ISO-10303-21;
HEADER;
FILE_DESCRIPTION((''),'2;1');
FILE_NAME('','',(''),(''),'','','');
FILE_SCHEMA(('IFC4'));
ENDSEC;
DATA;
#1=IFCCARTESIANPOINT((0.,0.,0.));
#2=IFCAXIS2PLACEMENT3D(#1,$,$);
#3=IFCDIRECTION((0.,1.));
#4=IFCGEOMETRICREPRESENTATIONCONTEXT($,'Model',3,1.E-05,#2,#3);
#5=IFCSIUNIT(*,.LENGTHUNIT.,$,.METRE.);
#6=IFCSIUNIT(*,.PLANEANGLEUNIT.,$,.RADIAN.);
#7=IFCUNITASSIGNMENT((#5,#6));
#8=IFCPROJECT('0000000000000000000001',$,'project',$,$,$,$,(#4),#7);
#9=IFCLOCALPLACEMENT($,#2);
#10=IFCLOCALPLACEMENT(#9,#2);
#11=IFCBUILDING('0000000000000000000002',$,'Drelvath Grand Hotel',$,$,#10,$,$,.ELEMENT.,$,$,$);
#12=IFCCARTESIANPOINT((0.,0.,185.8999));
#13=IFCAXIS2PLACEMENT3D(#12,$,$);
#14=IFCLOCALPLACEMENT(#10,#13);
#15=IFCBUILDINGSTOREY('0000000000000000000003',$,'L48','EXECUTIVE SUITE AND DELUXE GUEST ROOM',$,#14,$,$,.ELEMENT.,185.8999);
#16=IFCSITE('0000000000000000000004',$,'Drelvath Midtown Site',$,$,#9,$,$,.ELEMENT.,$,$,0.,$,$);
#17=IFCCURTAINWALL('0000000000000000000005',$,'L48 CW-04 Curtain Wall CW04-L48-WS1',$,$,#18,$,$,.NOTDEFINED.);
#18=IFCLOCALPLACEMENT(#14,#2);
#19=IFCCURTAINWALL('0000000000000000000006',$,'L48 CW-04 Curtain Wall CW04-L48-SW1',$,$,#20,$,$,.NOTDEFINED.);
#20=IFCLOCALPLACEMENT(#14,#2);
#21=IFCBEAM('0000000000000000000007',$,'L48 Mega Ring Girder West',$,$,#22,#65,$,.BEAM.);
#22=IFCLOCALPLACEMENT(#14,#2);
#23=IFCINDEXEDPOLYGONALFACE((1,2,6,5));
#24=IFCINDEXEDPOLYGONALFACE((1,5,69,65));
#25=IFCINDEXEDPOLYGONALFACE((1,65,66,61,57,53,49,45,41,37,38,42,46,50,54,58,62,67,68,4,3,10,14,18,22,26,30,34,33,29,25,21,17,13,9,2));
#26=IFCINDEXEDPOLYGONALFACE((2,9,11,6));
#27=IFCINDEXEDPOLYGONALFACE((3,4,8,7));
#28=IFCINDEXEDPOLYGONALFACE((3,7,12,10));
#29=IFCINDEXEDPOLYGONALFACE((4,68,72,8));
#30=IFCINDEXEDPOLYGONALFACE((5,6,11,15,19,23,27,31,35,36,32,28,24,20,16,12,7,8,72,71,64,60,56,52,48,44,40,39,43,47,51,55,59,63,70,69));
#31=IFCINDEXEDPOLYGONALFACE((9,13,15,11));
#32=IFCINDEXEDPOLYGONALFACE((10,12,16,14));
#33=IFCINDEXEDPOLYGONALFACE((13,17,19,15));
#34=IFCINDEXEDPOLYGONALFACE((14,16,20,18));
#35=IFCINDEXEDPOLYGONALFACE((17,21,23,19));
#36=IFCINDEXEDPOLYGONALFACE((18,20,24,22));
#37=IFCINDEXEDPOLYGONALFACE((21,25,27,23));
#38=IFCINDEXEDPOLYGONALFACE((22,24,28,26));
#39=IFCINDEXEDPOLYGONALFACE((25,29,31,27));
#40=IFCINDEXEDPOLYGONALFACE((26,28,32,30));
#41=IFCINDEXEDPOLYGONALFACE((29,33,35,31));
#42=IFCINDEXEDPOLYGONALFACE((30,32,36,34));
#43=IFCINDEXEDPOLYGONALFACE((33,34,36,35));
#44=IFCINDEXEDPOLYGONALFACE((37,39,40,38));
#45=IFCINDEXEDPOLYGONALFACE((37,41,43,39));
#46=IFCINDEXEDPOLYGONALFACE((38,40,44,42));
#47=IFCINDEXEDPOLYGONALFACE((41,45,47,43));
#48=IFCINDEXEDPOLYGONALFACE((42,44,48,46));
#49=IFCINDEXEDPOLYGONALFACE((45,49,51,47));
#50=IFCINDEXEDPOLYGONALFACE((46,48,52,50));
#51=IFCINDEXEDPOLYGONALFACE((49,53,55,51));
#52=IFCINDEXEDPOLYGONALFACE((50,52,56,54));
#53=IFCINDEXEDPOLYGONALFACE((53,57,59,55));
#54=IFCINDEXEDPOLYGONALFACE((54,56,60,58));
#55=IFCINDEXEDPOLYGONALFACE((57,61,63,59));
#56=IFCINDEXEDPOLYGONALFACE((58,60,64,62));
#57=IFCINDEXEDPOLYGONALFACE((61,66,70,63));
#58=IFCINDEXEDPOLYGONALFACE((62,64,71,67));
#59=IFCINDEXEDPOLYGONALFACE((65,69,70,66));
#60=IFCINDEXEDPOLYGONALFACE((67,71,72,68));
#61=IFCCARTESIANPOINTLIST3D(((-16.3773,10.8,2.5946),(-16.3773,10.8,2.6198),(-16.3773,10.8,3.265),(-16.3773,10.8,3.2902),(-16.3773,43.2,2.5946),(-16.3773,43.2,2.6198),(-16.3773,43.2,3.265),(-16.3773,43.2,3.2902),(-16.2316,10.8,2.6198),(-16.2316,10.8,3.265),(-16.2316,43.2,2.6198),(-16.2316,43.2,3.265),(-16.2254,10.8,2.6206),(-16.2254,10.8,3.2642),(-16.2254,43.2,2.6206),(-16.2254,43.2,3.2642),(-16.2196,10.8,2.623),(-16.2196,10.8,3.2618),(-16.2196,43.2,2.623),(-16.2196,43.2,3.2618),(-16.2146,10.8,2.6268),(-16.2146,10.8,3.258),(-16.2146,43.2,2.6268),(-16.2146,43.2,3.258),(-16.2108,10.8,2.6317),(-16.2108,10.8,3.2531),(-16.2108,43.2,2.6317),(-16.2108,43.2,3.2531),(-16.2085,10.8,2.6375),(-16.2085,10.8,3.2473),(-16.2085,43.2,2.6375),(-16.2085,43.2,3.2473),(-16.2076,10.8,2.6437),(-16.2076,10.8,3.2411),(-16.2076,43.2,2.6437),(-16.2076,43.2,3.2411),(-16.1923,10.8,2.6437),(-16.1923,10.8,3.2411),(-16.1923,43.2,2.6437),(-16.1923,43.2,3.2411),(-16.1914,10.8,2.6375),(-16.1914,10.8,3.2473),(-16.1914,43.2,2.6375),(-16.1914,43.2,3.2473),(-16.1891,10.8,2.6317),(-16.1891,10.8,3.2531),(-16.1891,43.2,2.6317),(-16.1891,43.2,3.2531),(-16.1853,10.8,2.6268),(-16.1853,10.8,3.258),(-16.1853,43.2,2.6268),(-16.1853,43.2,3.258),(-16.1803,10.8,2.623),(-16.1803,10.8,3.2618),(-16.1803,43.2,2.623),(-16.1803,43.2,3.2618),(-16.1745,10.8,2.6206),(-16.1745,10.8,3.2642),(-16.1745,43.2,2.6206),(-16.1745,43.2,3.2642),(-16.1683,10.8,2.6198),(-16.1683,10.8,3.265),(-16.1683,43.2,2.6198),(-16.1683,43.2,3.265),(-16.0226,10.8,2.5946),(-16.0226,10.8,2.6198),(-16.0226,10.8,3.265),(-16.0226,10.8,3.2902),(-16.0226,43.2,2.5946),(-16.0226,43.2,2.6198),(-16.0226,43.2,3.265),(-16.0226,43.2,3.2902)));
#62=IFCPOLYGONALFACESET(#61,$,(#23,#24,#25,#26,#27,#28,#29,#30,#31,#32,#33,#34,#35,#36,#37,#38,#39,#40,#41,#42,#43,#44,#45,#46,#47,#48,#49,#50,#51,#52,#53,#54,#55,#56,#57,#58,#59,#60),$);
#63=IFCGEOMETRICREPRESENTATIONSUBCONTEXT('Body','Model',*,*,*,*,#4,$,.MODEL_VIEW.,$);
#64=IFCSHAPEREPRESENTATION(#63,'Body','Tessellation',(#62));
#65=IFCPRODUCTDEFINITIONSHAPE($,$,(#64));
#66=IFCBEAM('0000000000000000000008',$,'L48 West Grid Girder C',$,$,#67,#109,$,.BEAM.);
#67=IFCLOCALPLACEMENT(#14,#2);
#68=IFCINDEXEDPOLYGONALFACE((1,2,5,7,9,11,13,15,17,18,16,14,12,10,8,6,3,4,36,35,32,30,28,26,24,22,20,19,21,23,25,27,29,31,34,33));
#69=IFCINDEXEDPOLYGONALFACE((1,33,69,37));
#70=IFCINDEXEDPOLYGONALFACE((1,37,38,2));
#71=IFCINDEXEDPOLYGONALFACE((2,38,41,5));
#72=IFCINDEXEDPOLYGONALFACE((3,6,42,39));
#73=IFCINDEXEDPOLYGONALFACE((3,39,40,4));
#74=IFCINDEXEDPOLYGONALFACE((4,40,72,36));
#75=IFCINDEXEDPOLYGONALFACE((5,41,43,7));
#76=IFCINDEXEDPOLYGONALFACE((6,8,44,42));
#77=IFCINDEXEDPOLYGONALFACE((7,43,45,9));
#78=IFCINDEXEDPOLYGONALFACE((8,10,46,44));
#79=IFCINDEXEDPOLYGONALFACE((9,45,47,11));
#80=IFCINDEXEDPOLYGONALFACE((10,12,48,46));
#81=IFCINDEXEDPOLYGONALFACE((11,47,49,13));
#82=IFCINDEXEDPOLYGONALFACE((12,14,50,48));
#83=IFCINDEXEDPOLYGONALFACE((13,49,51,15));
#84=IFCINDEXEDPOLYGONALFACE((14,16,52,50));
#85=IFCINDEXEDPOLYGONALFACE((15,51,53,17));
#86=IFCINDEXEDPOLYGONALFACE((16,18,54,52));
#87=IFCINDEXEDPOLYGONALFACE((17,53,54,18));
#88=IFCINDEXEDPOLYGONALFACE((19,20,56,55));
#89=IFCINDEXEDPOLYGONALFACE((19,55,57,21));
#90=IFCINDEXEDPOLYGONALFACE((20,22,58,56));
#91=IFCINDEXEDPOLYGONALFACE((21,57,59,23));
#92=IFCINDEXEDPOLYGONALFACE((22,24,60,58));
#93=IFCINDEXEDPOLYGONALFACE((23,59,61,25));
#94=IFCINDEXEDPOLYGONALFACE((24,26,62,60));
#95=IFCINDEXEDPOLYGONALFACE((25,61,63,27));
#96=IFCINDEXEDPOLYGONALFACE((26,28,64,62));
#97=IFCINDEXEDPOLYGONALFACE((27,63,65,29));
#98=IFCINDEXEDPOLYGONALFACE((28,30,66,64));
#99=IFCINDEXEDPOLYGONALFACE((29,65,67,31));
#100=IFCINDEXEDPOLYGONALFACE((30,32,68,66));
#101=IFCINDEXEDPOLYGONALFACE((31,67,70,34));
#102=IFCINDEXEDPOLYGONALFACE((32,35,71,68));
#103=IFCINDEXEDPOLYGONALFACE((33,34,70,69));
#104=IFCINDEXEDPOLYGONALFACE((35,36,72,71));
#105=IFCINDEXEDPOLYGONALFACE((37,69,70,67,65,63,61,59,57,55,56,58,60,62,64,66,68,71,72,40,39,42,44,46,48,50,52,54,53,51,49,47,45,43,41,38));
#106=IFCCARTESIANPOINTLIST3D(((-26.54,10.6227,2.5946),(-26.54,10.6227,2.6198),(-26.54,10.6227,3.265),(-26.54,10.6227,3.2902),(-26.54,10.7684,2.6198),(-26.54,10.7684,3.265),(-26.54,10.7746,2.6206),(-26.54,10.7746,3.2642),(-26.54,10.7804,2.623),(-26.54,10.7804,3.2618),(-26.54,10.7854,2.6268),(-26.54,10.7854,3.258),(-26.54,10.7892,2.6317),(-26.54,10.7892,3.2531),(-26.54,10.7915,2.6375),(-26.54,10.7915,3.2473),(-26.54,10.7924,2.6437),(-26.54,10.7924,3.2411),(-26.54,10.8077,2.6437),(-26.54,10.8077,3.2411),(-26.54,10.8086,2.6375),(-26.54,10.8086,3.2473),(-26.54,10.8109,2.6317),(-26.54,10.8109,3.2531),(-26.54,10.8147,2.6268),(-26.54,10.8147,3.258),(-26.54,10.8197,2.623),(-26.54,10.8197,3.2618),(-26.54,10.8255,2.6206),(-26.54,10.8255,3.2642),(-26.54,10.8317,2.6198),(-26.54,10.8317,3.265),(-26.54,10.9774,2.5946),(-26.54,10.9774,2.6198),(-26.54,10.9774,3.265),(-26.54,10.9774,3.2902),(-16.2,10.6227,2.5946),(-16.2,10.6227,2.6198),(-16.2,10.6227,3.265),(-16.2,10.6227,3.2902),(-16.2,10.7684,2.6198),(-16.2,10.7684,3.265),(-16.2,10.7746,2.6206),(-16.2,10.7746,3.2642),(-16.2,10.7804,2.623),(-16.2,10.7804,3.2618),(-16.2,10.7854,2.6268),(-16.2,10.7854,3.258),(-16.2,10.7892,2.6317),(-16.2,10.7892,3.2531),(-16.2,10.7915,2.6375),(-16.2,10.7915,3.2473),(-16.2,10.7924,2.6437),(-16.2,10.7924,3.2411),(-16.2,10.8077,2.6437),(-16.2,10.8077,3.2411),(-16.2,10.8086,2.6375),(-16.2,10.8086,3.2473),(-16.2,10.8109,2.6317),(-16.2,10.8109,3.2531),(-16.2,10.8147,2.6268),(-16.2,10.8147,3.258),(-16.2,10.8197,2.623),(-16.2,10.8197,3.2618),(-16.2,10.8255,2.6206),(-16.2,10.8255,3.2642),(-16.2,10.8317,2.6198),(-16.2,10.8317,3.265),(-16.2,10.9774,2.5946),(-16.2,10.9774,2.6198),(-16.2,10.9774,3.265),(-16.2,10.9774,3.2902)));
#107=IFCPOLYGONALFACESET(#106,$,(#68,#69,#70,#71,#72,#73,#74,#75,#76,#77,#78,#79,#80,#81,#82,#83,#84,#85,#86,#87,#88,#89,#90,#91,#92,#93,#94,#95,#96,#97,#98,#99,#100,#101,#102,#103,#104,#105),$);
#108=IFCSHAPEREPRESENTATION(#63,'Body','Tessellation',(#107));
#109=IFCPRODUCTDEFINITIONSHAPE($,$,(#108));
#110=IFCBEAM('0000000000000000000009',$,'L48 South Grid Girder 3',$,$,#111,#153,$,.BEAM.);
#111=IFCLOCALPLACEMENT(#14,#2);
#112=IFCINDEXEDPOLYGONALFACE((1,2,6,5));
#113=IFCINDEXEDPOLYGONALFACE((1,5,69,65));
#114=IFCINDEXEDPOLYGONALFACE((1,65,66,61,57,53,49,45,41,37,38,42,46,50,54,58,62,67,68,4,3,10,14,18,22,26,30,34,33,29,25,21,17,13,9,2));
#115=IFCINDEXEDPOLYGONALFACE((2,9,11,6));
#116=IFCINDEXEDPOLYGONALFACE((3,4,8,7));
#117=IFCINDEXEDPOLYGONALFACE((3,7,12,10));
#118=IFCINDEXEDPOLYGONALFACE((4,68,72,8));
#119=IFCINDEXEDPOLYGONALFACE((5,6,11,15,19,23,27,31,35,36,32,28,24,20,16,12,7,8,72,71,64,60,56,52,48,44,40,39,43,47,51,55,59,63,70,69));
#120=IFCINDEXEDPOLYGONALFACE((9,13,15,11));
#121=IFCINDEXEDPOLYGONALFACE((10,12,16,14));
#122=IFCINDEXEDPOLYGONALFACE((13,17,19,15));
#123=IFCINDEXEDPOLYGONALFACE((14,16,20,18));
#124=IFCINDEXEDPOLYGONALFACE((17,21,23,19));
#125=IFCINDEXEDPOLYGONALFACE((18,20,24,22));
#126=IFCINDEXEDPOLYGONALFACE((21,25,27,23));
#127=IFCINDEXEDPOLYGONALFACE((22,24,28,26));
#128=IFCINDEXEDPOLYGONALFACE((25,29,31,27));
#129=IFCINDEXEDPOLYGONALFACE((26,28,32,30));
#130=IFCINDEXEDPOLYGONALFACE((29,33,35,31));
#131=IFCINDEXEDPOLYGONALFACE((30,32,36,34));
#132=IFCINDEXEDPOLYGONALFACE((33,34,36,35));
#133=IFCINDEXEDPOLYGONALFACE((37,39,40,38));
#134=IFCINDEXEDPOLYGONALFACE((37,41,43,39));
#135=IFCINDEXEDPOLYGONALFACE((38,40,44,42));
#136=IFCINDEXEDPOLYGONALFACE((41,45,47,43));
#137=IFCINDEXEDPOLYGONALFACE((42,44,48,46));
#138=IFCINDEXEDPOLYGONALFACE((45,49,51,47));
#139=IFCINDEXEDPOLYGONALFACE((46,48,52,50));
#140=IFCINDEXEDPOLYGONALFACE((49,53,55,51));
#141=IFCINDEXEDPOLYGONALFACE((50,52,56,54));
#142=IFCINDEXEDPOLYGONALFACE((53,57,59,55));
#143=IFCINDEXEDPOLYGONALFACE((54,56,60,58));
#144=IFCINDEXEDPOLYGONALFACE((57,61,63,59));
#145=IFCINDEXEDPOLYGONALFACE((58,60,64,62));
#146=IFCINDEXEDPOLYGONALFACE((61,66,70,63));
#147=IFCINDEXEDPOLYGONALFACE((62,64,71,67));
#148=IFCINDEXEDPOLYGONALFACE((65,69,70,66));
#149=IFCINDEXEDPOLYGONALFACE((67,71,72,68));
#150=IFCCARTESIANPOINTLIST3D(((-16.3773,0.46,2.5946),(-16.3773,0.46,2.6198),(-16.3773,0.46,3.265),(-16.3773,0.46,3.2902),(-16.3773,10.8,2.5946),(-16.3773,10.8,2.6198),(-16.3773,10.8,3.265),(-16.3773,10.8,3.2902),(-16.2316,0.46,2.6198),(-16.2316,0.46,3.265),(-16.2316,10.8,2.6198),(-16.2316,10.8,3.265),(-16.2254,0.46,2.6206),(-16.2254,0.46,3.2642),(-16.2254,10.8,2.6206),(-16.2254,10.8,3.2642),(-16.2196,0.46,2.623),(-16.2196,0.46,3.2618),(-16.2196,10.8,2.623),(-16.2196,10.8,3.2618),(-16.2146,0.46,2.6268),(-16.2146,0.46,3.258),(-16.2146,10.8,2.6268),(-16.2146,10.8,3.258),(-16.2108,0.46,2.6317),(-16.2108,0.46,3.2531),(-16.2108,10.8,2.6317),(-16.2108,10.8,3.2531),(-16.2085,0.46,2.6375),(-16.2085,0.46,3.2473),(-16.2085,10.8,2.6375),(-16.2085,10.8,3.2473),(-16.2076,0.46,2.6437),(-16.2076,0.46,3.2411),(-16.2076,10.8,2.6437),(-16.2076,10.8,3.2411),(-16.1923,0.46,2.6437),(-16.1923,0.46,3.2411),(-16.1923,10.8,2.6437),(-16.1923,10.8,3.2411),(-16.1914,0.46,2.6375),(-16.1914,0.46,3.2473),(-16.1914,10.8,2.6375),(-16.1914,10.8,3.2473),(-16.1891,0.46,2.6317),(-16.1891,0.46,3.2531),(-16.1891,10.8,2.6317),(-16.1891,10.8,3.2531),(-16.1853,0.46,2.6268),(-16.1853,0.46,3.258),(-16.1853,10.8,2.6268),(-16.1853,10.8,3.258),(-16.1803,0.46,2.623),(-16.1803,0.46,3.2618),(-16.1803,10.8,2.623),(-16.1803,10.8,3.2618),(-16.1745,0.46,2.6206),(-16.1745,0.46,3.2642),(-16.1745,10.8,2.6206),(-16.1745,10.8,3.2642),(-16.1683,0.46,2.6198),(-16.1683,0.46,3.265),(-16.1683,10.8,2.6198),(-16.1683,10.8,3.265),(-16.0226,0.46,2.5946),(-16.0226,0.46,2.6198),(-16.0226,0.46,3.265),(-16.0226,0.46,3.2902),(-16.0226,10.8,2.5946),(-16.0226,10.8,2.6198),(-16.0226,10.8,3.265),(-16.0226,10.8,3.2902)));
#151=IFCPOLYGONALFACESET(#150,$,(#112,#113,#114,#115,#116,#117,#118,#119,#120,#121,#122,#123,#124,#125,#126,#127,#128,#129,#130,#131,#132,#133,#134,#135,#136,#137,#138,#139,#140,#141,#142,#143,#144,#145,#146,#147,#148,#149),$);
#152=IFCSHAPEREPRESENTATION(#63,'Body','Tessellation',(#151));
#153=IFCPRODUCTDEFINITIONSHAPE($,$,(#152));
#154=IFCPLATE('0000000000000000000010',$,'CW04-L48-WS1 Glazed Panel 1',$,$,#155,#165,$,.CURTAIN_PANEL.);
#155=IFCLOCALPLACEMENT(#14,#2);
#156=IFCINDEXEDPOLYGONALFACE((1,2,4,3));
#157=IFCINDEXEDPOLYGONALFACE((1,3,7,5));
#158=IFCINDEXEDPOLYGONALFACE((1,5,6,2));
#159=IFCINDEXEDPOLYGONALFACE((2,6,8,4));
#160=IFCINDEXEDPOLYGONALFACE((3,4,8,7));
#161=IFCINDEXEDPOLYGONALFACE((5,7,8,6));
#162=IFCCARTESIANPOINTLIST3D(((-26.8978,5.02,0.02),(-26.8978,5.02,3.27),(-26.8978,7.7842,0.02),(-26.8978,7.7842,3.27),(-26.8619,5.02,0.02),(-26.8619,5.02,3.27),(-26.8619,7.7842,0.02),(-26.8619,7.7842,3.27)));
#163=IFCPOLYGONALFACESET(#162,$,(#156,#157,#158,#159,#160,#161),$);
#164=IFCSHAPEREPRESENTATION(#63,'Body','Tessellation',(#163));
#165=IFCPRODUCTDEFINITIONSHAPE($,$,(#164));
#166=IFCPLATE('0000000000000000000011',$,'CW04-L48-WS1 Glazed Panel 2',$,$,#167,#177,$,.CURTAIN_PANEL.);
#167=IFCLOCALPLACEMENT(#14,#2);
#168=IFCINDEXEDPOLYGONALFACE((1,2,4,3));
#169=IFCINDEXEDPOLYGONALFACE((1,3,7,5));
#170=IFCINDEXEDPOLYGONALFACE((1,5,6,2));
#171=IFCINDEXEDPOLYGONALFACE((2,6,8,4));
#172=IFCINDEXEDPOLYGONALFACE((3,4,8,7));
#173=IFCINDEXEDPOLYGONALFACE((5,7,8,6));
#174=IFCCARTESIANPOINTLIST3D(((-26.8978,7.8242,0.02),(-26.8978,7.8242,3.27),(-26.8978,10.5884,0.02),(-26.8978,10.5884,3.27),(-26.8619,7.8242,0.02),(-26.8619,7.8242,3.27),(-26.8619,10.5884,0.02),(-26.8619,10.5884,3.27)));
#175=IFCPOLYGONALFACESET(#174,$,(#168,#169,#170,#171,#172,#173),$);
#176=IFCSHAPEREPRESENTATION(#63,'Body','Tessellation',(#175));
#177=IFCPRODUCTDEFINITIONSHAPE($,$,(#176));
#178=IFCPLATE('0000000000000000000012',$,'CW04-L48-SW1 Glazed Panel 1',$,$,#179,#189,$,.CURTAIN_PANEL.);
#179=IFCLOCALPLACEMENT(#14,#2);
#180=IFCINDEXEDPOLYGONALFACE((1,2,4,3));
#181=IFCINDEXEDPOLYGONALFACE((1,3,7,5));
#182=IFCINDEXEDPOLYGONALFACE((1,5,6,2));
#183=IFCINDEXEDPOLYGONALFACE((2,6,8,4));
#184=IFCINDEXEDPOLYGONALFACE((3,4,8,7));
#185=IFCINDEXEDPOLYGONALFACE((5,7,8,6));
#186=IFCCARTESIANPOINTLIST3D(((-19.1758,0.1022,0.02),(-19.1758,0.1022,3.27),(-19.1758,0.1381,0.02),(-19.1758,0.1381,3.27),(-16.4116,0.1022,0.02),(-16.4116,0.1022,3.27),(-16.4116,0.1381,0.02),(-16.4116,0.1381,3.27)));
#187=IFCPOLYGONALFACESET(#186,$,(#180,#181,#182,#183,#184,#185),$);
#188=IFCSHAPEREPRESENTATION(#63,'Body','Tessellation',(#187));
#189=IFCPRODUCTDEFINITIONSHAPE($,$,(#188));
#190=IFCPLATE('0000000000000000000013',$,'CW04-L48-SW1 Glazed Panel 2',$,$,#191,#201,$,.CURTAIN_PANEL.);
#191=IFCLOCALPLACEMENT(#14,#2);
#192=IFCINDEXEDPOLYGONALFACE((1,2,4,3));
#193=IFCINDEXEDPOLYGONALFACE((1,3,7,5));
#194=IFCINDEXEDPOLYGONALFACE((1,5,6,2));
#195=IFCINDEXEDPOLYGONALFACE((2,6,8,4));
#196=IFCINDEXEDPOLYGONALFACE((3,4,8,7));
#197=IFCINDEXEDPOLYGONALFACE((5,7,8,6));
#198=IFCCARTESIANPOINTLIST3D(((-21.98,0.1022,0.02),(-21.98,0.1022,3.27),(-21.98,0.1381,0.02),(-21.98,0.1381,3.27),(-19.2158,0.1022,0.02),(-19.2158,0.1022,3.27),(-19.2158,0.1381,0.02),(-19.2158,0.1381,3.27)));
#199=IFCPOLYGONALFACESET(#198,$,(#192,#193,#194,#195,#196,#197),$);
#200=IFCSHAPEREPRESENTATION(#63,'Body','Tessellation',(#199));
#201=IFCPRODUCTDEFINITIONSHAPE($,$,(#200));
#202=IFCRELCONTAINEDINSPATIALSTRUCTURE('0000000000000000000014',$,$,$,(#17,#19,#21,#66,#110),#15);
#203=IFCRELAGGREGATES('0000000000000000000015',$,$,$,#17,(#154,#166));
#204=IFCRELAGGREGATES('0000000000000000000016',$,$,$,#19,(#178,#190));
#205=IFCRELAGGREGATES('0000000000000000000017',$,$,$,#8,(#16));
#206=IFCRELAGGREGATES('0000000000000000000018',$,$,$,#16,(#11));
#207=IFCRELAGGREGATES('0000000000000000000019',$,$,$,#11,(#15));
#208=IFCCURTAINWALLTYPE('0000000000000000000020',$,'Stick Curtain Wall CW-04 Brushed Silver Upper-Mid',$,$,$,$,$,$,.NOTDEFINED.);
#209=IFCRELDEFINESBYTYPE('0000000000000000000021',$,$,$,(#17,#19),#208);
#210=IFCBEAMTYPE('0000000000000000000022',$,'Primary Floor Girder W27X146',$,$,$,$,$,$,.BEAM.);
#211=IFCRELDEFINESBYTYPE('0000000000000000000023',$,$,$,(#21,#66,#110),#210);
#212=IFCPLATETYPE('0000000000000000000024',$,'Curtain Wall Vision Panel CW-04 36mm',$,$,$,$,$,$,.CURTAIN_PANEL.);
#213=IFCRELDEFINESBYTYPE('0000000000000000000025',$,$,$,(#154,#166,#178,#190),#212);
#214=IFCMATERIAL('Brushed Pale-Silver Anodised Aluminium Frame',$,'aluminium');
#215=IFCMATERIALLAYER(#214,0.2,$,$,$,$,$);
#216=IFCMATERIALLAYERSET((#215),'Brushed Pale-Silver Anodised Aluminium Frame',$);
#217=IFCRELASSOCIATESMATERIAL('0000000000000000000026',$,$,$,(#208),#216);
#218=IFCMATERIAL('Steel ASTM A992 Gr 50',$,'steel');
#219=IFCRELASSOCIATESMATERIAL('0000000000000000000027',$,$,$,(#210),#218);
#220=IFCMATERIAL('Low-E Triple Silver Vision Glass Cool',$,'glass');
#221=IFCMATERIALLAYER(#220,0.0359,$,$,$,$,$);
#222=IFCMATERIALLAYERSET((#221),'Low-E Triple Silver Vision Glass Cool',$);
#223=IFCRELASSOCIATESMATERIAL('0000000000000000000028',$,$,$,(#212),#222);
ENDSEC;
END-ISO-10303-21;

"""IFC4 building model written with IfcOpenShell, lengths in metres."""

from ifc_helpers import new_model, si_unit, direction, frame, origin, origin_2d, place, context, subcontext, project, spatial, rectangle, i_section, extrude, material, layer, layer_set, material_profile, profile_set, type_object, element, aggregate, save


model = new_model("IFC4")

# Units and contexts
model_context = context("Model", 3, precision=1e-05, world=origin(), true_north=direction((0.0, 1.0)))
body_context = subcontext(model_context, "Body", "Model", "MODEL_VIEW")
ifc_project = project(units=[si_unit("LENGTHUNIT", "METRE"), si_unit("PLANEANGLEUNIT", "RADIAN")], contexts=[model_context])

# Site, building, storey
site_placement = place(None, origin())
site = spatial("IfcSite", under=ifc_project, at=site_placement, Name="Drelvath Midtown Site", CompositionType="ELEMENT", RefElevation=0.0)
building_placement = place(site_placement, origin())
building = spatial("IfcBuilding", under=site, at=building_placement, Name="Drelvath Grand Hotel", CompositionType="ELEMENT")
storey_placement = place(building_placement, frame((0.0, 0.0, 185.8999)))
storey = spatial("IfcBuildingStorey", under=building, at=storey_placement, Name="L48", Description="EXECUTIVE SUITE AND DELUXE GUEST ROOM", CompositionType="ELEMENT", Elevation=185.8999)

# Curtain walls
ifc_material_1 = material(Name="Brushed Pale-Silver Anodised Aluminium Frame", Category="aluminium")
ifc_layer_1 = layer(ifc_material_1, 0.2)
ifc_layer_set_1 = layer_set([ifc_layer_1], Name="Brushed Pale-Silver Anodised Aluminium Frame")
curtain_wall_type = type_object("IfcCurtainWallType", Name="Stick Curtain Wall CW-04 Brushed Silver Upper-Mid", PredefinedType="NOTDEFINED", material=ifc_layer_set_1)
curtain_wall_1_placement = place(storey_placement, origin())
curtain_wall_1 = element("IfcCurtainWall", 1, at=curtain_wall_1_placement, inside=storey, type_object=curtain_wall_type, Name="L48 CW-04 Curtain Wall CW04-L48-WS1", PredefinedType="NOTDEFINED")
curtain_wall_2_placement = place(storey_placement, origin())
curtain_wall_2 = element("IfcCurtainWall", 2, at=curtain_wall_2_placement, inside=storey, type_object=curtain_wall_type, Name="L48 CW-04 Curtain Wall CW04-L48-SW1", PredefinedType="NOTDEFINED")

# Beams
ifc_material_2 = material(Name="Steel ASTM A992 Gr 50", Category="steel")
ifc_material_profile_1 = material_profile(ifc_material_2, i_section(OverallWidth=0.3547, OverallDepth=0.6956, WebThickness=0.0154, FlangeThickness=0.0251, FilletRadius=0.0239, at=origin_2d()), Name="W27X146")
ifc_profile_set_1 = profile_set([ifc_material_profile_1], Name="Steel ASTM A992 Gr 50")
beam_type_1 = type_object("IfcBeamType", Name="Primary Floor Girder W27X146", PredefinedType="BEAM", material=ifc_profile_set_1)
for number, where, z_axis, x_axis, name in (
    (3, (-16.2, 10.8, 2.9424), (0.0, 1.0, 0.0), (-1.0, 0.0, 0.0), "L48 Mega Ring Girder West"),
):
    element("IfcBeam", number, at=place(storey_placement, frame(where, z_axis=z_axis, x_axis=x_axis)), inside=storey, type_object=beam_type_1, Name=name, PredefinedType="BEAM", context=body_context, shape_type="SweptSolid", body=[
        extrude(i_section(OverallWidth=0.3547, OverallDepth=0.6956, WebThickness=0.0154, FlangeThickness=0.0251, FilletRadius=0.0239, at=origin_2d()), origin(), (0.0, 0.0, 1.0), 32.3999),
    ])
for number, where, z_axis, x_axis, name in (
    (4, (-26.54, 10.8, 2.9424), (1.0, 0.0, 0.0), (0.0, 1.0, 0.0), "L48 West Grid Girder C"),
    (5, (-16.2, 0.46, 2.9424), (0.0, 1.0, 0.0), (-1.0, 0.0, 0.0), "L48 South Grid Girder 3"),
):
    element("IfcBeam", number, at=place(storey_placement, frame(where, z_axis=z_axis, x_axis=x_axis)), inside=storey, type_object=beam_type_1, Name=name, PredefinedType="BEAM", context=body_context, shape_type="SweptSolid", body=[
        extrude(i_section(OverallWidth=0.3547, OverallDepth=0.6956, WebThickness=0.0154, FlangeThickness=0.0251, FilletRadius=0.0239, at=origin_2d()), origin(), (0.0, 0.0, 1.0), 10.3401),
    ])

# Plates
ifc_material_3 = material(Name="Low-E Triple Silver Vision Glass Cool", Category="glass")
ifc_layer_2 = layer(ifc_material_3, 0.0359)
ifc_layer_set_2 = layer_set([ifc_layer_2], Name="Low-E Triple Silver Vision Glass Cool")
plate_type = type_object("IfcPlateType", Name="Curtain Wall Vision Panel CW-04 36mm", PredefinedType="CURTAIN_PANEL", material=ifc_layer_set_2)
plate_1_placement = place(storey_placement, frame((-26.8799, 6.4021, 0.02), z_axis=(0.0, 0.0, 1.0), x_axis=(0.0, 1.0, 0.0)))
plate_1 = element("IfcPlate", 6, at=plate_1_placement, type_object=plate_type, Name="CW04-L48-WS1 Glazed Panel 1", PredefinedType="CURTAIN_PANEL", context=body_context, shape_type="SweptSolid", body=[
    extrude(rectangle(XDim=2.7642, YDim=0.0359, at=origin_2d()), origin(), (0.0, 0.0, 1.0), 3.25),
])
plate_2_placement = place(storey_placement, frame((-26.8799, 9.2063, 0.02), z_axis=(0.0, 0.0, 1.0), x_axis=(0.0, 1.0, 0.0)))
plate_2 = element("IfcPlate", 7, at=plate_2_placement, type_object=plate_type, Name="CW04-L48-WS1 Glazed Panel 2", PredefinedType="CURTAIN_PANEL", context=body_context, shape_type="SweptSolid", body=[
    extrude(rectangle(XDim=2.7642, YDim=0.0359, at=origin_2d()), origin(), (0.0, 0.0, 1.0), 3.25),
])
aggregate(curtain_wall_1, [plate_1, plate_2])
plate_3_placement = place(storey_placement, frame((-17.7937, 0.1201, 0.02), z_axis=(0.0, 0.0, 1.0), x_axis=(-1.0, 0.0, 0.0)))
plate_3 = element("IfcPlate", 8, at=plate_3_placement, type_object=plate_type, Name="CW04-L48-SW1 Glazed Panel 1", PredefinedType="CURTAIN_PANEL", context=body_context, shape_type="SweptSolid", body=[
    extrude(rectangle(XDim=2.7642, YDim=0.0359, at=origin_2d()), origin(), (0.0, 0.0, 1.0), 3.25),
])
plate_4_placement = place(storey_placement, frame((-20.5979, 0.1201, 0.02), z_axis=(0.0, 0.0, 1.0), x_axis=(-1.0, 0.0, 0.0)))
plate_4 = element("IfcPlate", 9, at=plate_4_placement, type_object=plate_type, Name="CW04-L48-SW1 Glazed Panel 2", PredefinedType="CURTAIN_PANEL", context=body_context, shape_type="SweptSolid", body=[
    extrude(rectangle(XDim=2.7642, YDim=0.0359, at=origin_2d()), origin(), (0.0, 0.0, 1.0), 3.25),
])
aggregate(curtain_wall_2, [plate_3, plate_4])

save(model, "model.ifc")
